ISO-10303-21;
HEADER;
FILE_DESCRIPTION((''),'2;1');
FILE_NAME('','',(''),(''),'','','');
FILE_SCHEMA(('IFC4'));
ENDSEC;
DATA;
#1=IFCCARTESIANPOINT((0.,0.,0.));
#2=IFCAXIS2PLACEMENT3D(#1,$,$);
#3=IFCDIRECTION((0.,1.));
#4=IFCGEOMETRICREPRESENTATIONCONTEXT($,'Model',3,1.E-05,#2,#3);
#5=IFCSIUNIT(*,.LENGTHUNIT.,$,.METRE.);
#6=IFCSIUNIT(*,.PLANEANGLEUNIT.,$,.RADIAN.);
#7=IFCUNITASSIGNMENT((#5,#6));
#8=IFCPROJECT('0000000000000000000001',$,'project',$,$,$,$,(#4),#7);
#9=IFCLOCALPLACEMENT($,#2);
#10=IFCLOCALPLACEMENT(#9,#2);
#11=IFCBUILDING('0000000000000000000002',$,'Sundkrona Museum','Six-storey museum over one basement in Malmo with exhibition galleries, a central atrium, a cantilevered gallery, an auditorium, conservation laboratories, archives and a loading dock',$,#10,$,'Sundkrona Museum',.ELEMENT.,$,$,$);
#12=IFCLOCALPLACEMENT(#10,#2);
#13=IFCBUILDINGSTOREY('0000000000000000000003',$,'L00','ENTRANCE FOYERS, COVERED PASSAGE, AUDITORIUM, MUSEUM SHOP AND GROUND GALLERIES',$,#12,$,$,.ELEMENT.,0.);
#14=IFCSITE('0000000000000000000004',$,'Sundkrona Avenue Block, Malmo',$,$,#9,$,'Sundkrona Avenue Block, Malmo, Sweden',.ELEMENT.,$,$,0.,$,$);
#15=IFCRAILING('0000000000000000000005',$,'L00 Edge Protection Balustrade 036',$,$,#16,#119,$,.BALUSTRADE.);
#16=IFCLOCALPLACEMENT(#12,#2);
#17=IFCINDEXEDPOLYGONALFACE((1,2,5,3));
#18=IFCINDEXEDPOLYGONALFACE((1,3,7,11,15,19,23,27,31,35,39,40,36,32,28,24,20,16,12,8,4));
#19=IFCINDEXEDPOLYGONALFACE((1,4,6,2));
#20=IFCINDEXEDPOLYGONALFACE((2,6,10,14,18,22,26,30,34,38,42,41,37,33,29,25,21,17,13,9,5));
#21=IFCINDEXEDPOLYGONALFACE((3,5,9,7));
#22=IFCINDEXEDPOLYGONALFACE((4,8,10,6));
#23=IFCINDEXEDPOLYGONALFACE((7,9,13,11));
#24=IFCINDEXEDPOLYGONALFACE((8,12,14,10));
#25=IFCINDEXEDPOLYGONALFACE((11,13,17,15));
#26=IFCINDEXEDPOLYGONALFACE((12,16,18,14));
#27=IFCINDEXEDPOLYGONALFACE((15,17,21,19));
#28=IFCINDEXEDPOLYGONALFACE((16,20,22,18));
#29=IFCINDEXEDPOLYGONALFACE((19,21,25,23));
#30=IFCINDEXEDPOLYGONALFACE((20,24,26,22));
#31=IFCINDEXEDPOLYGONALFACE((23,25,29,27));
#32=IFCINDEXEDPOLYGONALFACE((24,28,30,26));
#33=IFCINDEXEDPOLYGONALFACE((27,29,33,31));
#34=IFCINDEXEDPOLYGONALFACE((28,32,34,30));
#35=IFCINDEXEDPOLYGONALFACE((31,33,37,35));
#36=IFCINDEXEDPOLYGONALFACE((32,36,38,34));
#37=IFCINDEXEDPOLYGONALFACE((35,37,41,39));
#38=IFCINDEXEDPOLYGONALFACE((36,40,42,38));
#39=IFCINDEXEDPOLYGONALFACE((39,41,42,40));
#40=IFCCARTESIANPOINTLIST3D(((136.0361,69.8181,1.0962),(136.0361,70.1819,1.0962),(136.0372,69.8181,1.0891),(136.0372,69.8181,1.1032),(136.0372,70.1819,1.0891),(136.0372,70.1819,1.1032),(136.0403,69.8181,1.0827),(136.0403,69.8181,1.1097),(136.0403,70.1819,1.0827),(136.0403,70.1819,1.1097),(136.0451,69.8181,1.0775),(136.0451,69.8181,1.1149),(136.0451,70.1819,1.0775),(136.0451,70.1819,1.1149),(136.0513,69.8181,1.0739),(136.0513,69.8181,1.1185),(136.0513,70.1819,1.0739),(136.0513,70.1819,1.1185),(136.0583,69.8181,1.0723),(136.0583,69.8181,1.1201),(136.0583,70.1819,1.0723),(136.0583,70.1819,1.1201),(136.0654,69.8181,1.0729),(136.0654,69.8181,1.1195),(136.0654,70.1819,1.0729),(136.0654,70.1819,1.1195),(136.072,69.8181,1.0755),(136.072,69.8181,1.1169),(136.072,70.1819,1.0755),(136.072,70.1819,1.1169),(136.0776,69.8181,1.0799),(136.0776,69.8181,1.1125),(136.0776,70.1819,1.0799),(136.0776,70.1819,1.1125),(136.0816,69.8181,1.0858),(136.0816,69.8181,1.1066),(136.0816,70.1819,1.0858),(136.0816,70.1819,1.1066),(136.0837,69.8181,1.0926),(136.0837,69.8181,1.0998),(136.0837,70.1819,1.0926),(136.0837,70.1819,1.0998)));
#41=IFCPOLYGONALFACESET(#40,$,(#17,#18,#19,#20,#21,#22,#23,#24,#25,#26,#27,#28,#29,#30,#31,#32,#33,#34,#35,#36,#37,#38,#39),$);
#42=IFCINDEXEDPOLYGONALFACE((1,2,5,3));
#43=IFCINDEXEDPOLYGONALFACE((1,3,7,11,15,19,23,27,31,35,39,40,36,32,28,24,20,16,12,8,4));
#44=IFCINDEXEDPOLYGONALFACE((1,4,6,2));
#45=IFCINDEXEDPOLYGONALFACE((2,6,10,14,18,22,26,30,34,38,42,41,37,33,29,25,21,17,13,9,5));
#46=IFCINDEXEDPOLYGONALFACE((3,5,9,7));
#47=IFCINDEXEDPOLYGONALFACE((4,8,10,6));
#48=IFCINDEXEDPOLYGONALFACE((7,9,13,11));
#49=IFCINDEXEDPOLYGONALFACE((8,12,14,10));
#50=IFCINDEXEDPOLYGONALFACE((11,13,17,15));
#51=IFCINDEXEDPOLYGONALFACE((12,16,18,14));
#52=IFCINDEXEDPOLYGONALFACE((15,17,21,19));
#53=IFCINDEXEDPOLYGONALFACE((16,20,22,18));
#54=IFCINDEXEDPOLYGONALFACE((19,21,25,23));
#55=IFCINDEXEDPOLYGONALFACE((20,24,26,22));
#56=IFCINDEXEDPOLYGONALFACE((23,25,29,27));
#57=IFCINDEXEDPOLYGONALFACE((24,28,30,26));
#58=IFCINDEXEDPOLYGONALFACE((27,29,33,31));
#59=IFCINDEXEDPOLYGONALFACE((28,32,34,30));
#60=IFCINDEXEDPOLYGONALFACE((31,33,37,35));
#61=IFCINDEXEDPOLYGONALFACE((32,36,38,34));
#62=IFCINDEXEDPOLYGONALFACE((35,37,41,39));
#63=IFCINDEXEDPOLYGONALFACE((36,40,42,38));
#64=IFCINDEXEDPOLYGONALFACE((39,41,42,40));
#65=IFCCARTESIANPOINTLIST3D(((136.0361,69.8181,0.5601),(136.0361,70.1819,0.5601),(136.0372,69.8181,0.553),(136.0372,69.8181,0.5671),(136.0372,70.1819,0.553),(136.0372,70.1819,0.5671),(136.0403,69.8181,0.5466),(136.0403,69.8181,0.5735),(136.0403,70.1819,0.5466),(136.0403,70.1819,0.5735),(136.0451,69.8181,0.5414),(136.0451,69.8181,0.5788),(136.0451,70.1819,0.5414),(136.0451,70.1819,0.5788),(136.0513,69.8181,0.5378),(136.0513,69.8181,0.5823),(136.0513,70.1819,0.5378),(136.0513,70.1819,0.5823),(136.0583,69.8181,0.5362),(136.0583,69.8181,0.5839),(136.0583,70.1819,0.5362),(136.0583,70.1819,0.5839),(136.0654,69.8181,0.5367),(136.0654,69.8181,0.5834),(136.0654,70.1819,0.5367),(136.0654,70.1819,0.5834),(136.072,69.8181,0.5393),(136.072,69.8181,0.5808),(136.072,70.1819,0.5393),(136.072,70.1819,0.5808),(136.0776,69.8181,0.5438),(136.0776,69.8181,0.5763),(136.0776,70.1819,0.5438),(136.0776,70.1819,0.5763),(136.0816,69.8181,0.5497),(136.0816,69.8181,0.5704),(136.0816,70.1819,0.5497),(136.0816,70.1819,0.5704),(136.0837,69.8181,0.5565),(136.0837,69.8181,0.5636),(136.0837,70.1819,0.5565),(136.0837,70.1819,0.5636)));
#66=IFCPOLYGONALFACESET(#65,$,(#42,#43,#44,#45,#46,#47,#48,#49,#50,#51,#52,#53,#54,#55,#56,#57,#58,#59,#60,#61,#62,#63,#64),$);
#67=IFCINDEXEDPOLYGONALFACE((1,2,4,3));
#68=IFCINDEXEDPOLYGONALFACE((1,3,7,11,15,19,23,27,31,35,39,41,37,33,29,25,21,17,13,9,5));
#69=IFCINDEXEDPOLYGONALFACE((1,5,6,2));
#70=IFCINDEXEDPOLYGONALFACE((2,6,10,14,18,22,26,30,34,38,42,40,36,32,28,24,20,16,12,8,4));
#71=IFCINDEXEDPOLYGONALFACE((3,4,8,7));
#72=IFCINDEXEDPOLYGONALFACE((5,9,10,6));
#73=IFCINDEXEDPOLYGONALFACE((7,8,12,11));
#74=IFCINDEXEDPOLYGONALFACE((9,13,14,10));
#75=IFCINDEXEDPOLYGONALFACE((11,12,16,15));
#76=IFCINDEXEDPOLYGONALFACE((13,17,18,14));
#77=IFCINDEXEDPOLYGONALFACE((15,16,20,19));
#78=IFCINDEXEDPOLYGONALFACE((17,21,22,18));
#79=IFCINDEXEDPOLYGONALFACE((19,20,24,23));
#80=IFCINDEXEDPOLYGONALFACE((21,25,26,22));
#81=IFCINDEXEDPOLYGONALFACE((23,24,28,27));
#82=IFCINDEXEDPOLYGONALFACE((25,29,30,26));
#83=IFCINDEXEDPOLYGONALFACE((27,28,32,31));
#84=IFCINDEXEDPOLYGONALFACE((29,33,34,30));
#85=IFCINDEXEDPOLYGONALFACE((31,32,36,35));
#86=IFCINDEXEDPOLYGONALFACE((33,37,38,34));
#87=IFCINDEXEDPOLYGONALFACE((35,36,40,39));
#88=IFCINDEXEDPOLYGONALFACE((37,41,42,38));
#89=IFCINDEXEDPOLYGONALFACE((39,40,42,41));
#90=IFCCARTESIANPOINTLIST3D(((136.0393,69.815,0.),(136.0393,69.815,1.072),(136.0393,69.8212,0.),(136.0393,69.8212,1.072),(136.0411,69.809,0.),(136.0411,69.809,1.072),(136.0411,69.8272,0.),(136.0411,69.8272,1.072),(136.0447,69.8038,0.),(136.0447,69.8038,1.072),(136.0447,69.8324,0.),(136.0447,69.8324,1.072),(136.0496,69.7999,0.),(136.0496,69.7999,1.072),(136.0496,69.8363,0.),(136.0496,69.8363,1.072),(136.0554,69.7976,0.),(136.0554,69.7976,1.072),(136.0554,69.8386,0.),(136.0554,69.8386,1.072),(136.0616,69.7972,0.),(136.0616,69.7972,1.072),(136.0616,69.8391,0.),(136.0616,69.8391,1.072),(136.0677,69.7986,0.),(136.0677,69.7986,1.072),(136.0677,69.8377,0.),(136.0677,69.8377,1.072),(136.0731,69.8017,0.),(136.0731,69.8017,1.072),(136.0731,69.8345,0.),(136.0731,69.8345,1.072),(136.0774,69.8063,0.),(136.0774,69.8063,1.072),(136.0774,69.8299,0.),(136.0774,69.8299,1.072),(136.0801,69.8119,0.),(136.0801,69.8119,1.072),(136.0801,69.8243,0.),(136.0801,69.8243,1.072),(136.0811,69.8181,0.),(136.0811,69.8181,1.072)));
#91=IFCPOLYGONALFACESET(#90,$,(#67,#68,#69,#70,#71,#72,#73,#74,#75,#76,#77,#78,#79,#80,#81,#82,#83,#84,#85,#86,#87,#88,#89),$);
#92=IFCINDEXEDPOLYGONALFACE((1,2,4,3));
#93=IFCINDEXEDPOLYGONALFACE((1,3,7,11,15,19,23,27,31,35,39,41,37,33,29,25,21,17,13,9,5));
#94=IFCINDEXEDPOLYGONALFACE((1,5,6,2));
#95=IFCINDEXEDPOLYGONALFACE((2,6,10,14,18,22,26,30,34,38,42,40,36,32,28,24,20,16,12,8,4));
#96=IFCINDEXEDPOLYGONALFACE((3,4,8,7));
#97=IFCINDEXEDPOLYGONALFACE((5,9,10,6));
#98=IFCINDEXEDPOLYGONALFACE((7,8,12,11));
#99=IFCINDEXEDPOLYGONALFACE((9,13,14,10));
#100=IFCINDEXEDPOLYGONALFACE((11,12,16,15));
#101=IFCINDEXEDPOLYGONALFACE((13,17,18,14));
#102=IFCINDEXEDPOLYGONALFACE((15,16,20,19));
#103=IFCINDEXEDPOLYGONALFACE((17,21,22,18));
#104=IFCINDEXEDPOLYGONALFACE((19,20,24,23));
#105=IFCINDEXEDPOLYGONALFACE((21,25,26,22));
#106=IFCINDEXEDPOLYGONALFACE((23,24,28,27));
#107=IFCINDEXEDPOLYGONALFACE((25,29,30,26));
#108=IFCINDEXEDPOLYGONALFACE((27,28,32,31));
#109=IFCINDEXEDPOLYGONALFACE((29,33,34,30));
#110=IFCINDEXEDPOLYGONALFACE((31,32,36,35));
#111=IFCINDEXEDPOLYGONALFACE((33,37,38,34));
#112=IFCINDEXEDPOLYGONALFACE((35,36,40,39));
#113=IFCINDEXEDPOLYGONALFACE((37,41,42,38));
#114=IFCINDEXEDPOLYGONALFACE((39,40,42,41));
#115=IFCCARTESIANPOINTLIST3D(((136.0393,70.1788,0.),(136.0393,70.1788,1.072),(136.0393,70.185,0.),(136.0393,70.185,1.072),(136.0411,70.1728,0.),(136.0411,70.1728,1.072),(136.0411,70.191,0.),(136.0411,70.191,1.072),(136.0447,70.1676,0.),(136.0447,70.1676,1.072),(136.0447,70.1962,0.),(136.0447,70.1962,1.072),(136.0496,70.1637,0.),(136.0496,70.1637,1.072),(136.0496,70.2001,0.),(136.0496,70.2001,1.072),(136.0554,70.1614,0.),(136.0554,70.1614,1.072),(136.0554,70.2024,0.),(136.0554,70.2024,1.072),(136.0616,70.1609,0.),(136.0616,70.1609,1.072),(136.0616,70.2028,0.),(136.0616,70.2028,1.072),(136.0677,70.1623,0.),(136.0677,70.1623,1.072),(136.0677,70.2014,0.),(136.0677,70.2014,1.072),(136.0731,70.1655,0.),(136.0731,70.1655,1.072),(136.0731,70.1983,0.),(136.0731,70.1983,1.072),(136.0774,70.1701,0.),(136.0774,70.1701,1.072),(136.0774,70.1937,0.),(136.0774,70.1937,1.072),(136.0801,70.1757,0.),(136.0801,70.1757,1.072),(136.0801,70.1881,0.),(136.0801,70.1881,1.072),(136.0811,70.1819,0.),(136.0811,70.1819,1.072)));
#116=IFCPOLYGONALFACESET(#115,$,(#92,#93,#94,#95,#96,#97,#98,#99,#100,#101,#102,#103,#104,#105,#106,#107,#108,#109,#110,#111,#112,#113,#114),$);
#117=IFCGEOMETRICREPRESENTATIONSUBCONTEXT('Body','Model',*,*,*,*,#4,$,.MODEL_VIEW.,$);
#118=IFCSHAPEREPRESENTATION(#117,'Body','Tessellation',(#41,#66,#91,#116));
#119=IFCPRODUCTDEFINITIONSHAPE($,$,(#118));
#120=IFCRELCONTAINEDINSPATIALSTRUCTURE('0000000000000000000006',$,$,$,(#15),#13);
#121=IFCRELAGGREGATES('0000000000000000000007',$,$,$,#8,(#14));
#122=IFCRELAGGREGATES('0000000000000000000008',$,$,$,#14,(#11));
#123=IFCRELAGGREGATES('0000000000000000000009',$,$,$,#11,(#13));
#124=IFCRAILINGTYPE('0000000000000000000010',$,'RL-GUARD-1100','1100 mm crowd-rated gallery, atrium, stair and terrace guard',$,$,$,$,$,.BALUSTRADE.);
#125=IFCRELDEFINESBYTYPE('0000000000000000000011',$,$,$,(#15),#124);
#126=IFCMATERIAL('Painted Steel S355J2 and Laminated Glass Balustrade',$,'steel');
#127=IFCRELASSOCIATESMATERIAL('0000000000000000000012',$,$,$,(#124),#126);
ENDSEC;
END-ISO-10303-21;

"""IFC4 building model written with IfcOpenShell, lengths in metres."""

from ifc_helpers import new_model, si_unit, direction, frame, origin, origin_2d, place, context, subcontext, project, spatial, circle, extrude, material, type_object, element, save


model = new_model("IFC4")

# Units and contexts
model_context = context("Model", 3, precision=1e-05, world=origin(), true_north=direction((0.0, 1.0)))
body_context = subcontext(model_context, "Body", "Model", "MODEL_VIEW")
ifc_project = project(units=[si_unit("LENGTHUNIT", "METRE"), si_unit("PLANEANGLEUNIT", "RADIAN")], contexts=[model_context])

# Site, building, storey
site_placement = place(None, origin())
site = spatial("IfcSite", under=ifc_project, at=site_placement, Name="Sundkrona Avenue Block, Malmo", LongName="Sundkrona Avenue Block, Malmo, Sweden", CompositionType="ELEMENT", RefElevation=0.0)
building_placement = place(site_placement, origin())
building = spatial("IfcBuilding", under=site, at=building_placement, Name="Sundkrona Museum", Description="Six-storey museum over one basement in Malmo with exhibition galleries, a central atrium, a cantilevered gallery, an auditorium, conservation laboratories, archives and a loading dock", LongName="Sundkrona Museum", CompositionType="ELEMENT")
storey_placement = place(building_placement, origin())
storey = spatial("IfcBuildingStorey", under=building, at=storey_placement, Name="L00", Description="ENTRANCE FOYERS, COVERED PASSAGE, AUDITORIUM, MUSEUM SHOP AND GROUND GALLERIES", CompositionType="ELEMENT", Elevation=0.0)

# Railing
ifc_material_1 = material(Name="Painted Steel S355J2 and Laminated Glass Balustrade", Category="steel")
railing_type = type_object("IfcRailingType", Name="RL-GUARD-1100", Description="1100 mm crowd-rated gallery, atrium, stair and terrace guard", PredefinedType="BALUSTRADE", material=ifc_material_1)
railing_1_placement = place(storey_placement, frame((136.0601, 69.8181, 0.0)))
element("IfcRailing", 1, at=railing_1_placement, inside=storey, type_object=railing_type, Name="L00 Edge Protection Balustrade 036", PredefinedType="BALUSTRADE", context=body_context, shape_type="SweptSolid", body=[
    extrude(circle(Radius=0.0239, at=origin_2d()), frame((0.0, 0.0, 1.0962), z_axis=(0.0, 1.0, 0.0), x_axis=(-1.0, 0.0, 0.0)), (0.0, 0.0, 1.0), 0.3638),
    extrude(circle(Radius=0.0239, at=origin_2d()), frame((0.0, 0.0, 0.5601), z_axis=(0.0, 1.0, 0.0), x_axis=(-1.0, 0.0, 0.0)), (0.0, 0.0, 1.0), 0.3638),
    extrude(circle(Radius=0.021, at=origin_2d()), origin(), (0.0, 0.0, 1.0), 1.072),
    extrude(circle(Radius=0.021, at=origin_2d()), frame((0.0, 0.3638, 0.0)), (0.0, 0.0, 1.0), 1.072),
])

save(model, "model.ifc")
